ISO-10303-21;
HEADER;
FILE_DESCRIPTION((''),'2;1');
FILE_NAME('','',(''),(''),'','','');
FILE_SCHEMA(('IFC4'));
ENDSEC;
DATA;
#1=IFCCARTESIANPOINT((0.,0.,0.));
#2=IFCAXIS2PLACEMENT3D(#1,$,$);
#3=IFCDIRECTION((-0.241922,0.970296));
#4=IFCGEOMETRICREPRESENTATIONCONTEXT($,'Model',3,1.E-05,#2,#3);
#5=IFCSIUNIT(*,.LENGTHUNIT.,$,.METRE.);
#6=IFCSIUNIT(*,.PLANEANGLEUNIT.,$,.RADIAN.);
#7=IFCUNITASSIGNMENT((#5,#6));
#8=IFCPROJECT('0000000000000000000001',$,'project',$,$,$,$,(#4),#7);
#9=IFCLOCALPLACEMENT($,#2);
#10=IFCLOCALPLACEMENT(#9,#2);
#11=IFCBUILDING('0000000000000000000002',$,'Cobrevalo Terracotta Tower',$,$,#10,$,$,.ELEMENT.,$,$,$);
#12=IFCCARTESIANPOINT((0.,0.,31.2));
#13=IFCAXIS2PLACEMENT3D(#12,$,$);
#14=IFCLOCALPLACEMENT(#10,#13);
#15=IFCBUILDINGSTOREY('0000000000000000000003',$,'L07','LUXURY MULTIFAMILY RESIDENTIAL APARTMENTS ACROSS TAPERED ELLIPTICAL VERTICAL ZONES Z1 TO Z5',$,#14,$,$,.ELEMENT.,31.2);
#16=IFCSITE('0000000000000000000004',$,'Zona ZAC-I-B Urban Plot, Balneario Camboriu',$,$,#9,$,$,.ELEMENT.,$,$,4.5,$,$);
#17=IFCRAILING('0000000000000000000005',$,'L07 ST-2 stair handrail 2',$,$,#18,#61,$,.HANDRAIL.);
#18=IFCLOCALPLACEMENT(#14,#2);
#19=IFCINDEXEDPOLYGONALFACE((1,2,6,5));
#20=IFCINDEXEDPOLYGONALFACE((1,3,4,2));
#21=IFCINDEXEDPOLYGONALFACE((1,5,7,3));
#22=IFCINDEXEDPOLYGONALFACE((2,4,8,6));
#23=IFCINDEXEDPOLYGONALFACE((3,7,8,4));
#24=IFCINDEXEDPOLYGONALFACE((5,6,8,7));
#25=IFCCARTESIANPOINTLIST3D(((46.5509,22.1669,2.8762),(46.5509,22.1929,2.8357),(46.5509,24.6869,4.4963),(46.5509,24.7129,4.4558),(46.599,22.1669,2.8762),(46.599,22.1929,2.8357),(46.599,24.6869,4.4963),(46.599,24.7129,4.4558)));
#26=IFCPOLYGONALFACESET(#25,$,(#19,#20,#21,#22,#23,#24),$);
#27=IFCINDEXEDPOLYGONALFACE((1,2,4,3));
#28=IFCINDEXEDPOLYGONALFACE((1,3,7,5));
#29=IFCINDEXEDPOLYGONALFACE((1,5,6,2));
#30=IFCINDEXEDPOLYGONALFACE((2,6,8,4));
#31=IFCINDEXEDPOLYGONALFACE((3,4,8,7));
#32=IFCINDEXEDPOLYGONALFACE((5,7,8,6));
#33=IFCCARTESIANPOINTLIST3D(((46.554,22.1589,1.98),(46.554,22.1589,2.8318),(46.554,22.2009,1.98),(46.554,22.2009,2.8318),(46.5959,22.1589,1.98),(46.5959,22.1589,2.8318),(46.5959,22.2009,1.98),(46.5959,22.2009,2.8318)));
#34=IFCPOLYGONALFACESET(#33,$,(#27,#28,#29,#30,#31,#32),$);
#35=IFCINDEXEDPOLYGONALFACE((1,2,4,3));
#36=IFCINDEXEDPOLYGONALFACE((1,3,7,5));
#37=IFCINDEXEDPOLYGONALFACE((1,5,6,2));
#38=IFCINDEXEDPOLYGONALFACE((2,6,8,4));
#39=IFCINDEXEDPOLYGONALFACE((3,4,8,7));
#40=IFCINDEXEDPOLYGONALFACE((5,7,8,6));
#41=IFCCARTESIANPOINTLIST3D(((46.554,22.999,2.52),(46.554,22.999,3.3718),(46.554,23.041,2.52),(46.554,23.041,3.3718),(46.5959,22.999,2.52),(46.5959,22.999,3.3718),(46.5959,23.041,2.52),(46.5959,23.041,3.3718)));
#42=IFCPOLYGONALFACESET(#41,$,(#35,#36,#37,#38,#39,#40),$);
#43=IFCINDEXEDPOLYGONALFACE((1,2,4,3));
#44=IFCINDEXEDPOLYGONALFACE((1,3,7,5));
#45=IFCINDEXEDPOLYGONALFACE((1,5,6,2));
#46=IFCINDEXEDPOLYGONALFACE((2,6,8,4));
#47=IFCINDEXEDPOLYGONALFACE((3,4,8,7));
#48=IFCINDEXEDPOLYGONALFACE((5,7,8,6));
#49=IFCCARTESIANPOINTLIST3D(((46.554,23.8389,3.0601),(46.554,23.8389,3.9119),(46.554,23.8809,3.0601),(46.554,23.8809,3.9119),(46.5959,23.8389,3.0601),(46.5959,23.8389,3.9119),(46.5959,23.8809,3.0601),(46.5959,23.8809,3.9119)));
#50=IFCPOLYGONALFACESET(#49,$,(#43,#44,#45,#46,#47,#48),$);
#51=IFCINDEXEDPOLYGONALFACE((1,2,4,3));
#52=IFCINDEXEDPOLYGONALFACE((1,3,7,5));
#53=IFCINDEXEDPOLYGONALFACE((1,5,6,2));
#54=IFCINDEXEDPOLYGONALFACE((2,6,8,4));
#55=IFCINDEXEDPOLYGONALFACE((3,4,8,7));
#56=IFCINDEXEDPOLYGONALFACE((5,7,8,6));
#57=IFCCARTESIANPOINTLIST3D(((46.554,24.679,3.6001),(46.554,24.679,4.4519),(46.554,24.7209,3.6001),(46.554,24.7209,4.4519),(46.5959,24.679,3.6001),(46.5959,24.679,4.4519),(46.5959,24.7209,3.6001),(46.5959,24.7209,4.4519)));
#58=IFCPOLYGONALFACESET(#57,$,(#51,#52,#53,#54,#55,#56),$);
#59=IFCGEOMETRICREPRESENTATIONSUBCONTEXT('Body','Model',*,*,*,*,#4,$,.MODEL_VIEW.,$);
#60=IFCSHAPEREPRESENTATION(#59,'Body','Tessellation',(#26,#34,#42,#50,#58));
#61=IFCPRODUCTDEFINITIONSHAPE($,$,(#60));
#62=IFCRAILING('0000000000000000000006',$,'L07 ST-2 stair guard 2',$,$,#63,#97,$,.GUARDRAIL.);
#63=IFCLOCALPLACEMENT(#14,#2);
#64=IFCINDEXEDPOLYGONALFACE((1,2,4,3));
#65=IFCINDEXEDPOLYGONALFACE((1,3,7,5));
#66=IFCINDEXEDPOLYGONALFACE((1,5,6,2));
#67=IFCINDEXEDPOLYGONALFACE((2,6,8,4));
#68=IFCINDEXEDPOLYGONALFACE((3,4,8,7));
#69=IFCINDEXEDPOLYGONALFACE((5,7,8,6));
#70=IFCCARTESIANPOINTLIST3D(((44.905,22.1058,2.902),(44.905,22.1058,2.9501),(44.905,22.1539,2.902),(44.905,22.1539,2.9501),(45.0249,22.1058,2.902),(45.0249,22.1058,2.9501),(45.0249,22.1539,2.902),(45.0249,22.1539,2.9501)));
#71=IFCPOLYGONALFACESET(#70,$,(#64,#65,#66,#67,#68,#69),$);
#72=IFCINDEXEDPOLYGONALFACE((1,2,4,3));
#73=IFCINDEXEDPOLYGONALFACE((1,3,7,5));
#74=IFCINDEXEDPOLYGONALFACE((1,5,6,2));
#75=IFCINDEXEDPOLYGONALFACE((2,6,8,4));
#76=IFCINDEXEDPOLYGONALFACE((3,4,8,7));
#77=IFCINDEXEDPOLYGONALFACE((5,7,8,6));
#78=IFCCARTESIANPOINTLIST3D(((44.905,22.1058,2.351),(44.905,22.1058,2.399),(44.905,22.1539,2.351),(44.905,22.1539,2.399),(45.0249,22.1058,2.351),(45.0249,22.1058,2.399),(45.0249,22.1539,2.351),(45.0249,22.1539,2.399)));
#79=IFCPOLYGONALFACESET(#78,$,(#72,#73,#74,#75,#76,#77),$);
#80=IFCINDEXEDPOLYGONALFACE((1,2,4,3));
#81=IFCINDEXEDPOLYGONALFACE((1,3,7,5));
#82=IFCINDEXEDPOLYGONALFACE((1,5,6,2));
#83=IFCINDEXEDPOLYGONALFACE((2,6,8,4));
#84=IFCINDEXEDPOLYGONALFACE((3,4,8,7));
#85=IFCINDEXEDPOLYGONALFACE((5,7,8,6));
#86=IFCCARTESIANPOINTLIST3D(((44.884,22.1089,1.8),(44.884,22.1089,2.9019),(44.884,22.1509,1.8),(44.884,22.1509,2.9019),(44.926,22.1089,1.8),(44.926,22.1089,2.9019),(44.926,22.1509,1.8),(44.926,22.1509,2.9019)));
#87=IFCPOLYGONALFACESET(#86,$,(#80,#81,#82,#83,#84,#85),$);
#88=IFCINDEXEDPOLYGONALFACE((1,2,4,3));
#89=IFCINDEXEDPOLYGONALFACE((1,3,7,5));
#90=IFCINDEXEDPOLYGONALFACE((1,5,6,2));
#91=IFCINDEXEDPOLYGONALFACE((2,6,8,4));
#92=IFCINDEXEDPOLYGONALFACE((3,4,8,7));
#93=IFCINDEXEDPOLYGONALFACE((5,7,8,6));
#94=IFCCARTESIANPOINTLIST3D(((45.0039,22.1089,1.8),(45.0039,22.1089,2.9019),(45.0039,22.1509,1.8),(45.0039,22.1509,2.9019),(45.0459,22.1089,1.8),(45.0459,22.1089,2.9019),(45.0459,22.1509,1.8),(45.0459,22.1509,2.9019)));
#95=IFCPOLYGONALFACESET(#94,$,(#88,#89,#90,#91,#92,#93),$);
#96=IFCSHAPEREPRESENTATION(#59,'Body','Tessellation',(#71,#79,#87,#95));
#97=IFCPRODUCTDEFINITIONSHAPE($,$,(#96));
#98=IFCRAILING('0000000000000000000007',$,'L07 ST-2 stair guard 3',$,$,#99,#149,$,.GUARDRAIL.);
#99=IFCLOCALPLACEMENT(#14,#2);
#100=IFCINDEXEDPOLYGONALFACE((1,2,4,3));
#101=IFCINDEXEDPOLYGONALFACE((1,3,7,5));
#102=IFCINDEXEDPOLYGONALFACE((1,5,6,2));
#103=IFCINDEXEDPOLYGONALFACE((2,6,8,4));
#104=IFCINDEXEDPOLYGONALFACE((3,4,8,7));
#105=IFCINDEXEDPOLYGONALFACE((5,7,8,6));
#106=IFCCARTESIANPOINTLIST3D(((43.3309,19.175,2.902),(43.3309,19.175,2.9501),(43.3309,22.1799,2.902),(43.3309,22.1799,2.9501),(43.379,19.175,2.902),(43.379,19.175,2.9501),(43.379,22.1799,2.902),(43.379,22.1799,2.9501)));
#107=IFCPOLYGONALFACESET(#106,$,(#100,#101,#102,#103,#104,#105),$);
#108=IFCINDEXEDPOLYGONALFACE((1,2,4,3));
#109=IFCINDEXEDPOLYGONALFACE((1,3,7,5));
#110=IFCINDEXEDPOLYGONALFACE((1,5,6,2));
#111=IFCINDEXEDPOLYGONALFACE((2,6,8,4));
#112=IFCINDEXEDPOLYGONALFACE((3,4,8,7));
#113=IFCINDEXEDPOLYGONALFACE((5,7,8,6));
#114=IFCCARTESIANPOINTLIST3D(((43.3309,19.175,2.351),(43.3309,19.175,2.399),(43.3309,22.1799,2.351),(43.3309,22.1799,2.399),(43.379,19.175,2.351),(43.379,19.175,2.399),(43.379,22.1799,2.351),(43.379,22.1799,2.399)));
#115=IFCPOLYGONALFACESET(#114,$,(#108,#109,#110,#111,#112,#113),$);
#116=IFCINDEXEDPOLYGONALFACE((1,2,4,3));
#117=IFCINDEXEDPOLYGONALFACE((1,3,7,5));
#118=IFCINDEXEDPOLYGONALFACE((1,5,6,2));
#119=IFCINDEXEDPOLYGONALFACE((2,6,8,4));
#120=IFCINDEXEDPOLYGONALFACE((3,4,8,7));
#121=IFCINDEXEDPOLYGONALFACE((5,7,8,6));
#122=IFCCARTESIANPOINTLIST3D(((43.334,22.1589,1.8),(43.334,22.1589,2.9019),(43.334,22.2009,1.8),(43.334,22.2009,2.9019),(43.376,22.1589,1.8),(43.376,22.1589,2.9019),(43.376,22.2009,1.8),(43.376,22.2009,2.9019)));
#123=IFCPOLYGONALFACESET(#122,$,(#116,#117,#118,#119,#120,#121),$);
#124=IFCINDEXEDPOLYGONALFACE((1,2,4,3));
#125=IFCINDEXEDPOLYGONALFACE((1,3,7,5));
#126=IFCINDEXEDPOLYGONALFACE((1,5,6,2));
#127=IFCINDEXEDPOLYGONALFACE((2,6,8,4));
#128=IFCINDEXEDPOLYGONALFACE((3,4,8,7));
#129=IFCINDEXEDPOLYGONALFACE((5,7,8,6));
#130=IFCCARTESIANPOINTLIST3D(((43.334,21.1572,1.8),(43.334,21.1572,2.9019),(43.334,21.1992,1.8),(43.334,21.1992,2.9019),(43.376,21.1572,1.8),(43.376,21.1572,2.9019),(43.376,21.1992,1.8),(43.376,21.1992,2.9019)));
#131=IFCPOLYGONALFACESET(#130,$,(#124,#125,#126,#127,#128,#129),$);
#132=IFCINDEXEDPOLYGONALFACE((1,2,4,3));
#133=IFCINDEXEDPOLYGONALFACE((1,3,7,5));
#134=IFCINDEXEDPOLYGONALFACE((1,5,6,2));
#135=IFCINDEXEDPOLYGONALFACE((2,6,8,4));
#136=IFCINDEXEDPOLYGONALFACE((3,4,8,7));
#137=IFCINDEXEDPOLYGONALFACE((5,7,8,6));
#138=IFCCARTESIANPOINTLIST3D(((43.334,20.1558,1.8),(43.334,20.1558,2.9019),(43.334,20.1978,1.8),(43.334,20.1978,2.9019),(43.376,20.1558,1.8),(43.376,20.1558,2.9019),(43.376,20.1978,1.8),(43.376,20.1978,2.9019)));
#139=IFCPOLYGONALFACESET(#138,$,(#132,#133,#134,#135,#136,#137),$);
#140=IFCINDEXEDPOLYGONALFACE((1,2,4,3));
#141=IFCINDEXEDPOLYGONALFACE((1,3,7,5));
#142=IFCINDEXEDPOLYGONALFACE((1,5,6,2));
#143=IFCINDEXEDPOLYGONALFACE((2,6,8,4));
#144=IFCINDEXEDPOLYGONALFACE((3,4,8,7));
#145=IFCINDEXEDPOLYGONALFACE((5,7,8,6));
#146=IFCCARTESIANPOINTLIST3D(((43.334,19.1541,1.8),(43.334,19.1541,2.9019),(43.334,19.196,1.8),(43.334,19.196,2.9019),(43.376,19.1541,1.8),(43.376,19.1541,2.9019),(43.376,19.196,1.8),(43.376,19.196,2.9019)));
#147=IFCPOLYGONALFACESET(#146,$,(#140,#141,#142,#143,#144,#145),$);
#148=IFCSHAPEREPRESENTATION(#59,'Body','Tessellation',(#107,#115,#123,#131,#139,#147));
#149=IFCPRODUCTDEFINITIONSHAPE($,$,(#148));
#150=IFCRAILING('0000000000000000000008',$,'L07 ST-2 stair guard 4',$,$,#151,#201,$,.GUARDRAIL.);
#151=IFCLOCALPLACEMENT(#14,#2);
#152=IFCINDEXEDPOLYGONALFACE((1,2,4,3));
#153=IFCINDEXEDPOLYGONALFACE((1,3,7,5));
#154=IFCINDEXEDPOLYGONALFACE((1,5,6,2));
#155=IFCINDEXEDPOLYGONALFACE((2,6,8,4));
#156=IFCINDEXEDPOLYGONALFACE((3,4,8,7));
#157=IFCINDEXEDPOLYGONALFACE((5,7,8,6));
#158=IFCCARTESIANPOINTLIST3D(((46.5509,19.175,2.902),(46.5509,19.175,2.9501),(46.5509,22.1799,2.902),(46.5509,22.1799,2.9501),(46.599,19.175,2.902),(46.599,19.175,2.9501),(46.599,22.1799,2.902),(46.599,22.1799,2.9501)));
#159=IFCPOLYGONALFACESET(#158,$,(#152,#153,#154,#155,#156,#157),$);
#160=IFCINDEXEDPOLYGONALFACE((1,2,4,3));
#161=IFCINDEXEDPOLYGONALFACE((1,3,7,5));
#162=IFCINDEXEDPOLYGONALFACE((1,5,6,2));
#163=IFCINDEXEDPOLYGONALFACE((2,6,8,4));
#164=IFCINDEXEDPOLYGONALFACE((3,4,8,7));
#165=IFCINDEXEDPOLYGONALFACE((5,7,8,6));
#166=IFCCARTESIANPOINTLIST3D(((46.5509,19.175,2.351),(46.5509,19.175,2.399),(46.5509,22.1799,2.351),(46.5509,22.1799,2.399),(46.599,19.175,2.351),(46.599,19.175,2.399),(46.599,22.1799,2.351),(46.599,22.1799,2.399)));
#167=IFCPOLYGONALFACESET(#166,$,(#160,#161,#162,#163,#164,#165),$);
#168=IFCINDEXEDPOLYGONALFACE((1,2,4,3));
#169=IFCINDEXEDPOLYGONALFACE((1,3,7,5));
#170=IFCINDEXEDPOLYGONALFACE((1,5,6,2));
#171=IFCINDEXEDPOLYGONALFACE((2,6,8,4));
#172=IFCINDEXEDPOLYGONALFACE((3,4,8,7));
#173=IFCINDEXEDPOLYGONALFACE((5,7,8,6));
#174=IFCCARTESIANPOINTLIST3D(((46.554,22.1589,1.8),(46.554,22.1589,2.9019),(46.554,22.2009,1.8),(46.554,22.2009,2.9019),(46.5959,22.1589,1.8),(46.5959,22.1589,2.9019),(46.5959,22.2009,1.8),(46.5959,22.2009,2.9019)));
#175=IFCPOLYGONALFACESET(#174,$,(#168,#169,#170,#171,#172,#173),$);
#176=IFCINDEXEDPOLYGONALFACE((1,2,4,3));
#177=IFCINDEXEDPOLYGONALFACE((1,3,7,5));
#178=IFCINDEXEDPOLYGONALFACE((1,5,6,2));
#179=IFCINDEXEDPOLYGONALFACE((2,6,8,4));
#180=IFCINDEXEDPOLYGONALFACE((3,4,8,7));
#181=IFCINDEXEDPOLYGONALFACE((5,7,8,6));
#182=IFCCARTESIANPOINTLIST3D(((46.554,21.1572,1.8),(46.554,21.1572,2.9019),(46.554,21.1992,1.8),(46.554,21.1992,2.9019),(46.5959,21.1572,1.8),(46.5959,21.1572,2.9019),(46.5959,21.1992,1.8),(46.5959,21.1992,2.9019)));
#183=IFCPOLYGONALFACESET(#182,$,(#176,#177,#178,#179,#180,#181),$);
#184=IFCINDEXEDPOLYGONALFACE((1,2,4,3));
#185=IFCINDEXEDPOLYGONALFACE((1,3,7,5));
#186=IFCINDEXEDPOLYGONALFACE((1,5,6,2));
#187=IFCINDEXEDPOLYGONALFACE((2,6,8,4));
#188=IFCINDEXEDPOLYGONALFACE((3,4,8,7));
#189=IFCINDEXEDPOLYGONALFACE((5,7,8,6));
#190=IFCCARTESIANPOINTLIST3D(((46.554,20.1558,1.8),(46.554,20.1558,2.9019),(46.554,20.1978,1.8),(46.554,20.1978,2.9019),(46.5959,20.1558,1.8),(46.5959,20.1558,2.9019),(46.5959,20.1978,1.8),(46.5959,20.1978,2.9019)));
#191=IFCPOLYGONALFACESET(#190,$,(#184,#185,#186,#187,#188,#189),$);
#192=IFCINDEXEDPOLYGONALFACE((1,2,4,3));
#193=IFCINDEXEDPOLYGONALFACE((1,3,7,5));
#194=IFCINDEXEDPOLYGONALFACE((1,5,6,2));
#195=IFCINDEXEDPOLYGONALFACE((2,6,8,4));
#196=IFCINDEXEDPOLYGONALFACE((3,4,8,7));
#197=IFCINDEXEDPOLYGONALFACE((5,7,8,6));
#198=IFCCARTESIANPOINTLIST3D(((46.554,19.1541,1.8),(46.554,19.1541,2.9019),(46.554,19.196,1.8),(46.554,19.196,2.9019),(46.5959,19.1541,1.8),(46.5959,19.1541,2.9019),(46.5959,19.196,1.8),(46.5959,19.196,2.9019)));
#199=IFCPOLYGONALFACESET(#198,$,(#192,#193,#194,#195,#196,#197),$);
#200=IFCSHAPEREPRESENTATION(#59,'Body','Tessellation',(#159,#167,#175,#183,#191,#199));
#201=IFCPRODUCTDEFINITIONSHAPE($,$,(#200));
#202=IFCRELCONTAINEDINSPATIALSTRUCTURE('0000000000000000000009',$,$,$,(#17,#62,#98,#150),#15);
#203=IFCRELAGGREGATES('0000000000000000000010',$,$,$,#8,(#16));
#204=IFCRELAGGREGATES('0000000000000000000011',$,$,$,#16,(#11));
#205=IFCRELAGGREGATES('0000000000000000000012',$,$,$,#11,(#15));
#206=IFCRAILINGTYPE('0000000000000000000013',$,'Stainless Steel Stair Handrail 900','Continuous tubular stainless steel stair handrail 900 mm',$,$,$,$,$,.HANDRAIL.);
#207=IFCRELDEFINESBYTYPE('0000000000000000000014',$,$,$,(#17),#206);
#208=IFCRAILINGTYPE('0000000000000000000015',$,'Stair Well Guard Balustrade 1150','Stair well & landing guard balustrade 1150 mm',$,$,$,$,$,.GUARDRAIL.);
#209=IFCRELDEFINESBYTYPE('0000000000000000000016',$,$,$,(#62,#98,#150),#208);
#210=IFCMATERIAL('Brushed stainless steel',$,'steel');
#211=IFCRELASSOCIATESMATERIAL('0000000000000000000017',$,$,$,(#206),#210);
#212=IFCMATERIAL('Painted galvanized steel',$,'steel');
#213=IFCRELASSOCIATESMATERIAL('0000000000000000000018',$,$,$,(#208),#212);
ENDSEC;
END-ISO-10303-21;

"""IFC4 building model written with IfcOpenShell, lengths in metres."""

from ifc_helpers import new_model, si_unit, direction, frame, origin, origin_2d, place, context, subcontext, project, spatial, rectangle, extrude, material, type_object, element, save


model = new_model("IFC4")

# Units and contexts
model_context = context("Model", 3, precision=1e-05, world=origin(), true_north=direction((-0.241922, 0.970296)))
body_context = subcontext(model_context, "Body", "Model", "MODEL_VIEW")
ifc_project = project(units=[si_unit("LENGTHUNIT", "METRE"), si_unit("PLANEANGLEUNIT", "RADIAN")], contexts=[model_context])

# Site, building, storey
site_placement = place(None, origin())
site = spatial("IfcSite", under=ifc_project, at=site_placement, Name="Zona ZAC-I-B Urban Plot, Balneario Camboriu", CompositionType="ELEMENT", RefElevation=4.5)
building_placement = place(site_placement, origin())
building = spatial("IfcBuilding", under=site, at=building_placement, Name="Cobrevalo Terracotta Tower", CompositionType="ELEMENT")
storey_placement = place(building_placement, frame((0.0, 0.0, 31.2)))
storey = spatial("IfcBuildingStorey", under=building, at=storey_placement, Name="L07", Description="LUXURY MULTIFAMILY RESIDENTIAL APARTMENTS ACROSS TAPERED ELLIPTICAL VERTICAL ZONES Z1 TO Z5", CompositionType="ELEMENT", Elevation=31.2)

# Railings
ifc_material_1 = material(Name="Brushed stainless steel", Category="steel")
railing_type_1 = type_object("IfcRailingType", Name="Stainless Steel Stair Handrail 900", Description="Continuous tubular stainless steel stair handrail 900 mm", PredefinedType="HANDRAIL", material=ifc_material_1)
railing_1_placement = place(storey_placement, frame((46.575, 22.1799, 1.98)))
element("IfcRailing", 1, at=railing_1_placement, inside=storey, type_object=railing_type_1, Name="L07 ST-2 stair handrail 2", PredefinedType="HANDRAIL", context=body_context, shape_type="SweptSolid", body=[
    extrude(rectangle(XDim=0.0481, YDim=0.0481, at=origin_2d()), frame((0.0, 0.0, 0.876), z_axis=(0.0, 0.841163, 0.540782), x_axis=(-1.0, 0.0, 0.0)), (0.0, 0.0, 1.0), 2.9958),
    extrude(rectangle(XDim=0.042, YDim=0.042, at=origin_2d()), origin(), (0.0, 0.0, 1.0), 0.8518),
    extrude(rectangle(XDim=0.042, YDim=0.042, at=origin_2d()), frame((0.0, 0.8401, 0.54)), (0.0, 0.0, 1.0), 0.8518),
    extrude(rectangle(XDim=0.042, YDim=0.042, at=origin_2d()), frame((0.0, 1.6799, 1.0801)), (0.0, 0.0, 1.0), 0.8518),
    extrude(rectangle(XDim=0.042, YDim=0.042, at=origin_2d()), frame((0.0, 2.52, 1.6201)), (0.0, 0.0, 1.0), 0.8518),
])
ifc_material_2 = material(Name="Painted galvanized steel", Category="steel")
railing_type_2 = type_object("IfcRailingType", Name="Stair Well Guard Balustrade 1150", Description="Stair well & landing guard balustrade 1150 mm", PredefinedType="GUARDRAIL", material=ifc_material_2)
railing_2_placement = place(storey_placement, frame((44.905, 22.1299, 1.8)))
element("IfcRailing", 2, at=railing_2_placement, inside=storey, type_object=railing_type_2, Name="L07 ST-2 stair guard 2", PredefinedType="GUARDRAIL", context=body_context, shape_type="SweptSolid", body=[
    extrude(rectangle(XDim=0.0481, YDim=0.0481, at=origin_2d()), frame((0.0, 0.0, 1.126), z_axis=(1.0, 0.0, 0.0), x_axis=(0.0, 1.0, 0.0)), (0.0, 0.0, 1.0), 0.1199),
    extrude(rectangle(XDim=0.0481, YDim=0.0481, at=origin_2d()), frame((0.0, 0.0, 0.575), z_axis=(1.0, 0.0, 0.0), x_axis=(0.0, 1.0, 0.0)), (0.0, 0.0, 1.0), 0.1199),
    extrude(rectangle(XDim=0.042, YDim=0.042, at=origin_2d()), origin(), (0.0, 0.0, 1.0), 1.1018),
    extrude(rectangle(XDim=0.042, YDim=0.042, at=origin_2d()), frame((0.1199, 0.0, 0.0)), (0.0, 0.0, 1.0), 1.1018),
])
for number, where, name in (
    (3, (43.355, 22.1799, 1.8), "L07 ST-2 stair guard 3"),
    (4, (46.575, 22.1799, 1.8), "L07 ST-2 stair guard 4"),
):
    element("IfcRailing", number, at=place(storey_placement, frame(where)), inside=storey, type_object=railing_type_2, Name=name, PredefinedType="GUARDRAIL", context=body_context, shape_type="SweptSolid", body=[
        extrude(rectangle(XDim=0.0481, YDim=0.0481, at=origin_2d()), frame((0.0, 0.0, 1.126), z_axis=(0.0, -1.0, 0.0), x_axis=(1.0, 0.0, 0.0)), (0.0, 0.0, 1.0), 3.0049),
        extrude(rectangle(XDim=0.0481, YDim=0.0481, at=origin_2d()), frame((0.0, 0.0, 0.575), z_axis=(0.0, -1.0, 0.0), x_axis=(1.0, 0.0, 0.0)), (0.0, 0.0, 1.0), 3.0049),
        extrude(rectangle(XDim=0.042, YDim=0.042, at=origin_2d()), origin(), (0.0, 0.0, 1.0), 1.1018),
        extrude(rectangle(XDim=0.042, YDim=0.042, at=origin_2d()), frame((0.0, -1.0017, 0.0)), (0.0, 0.0, 1.0), 1.1018),
        extrude(rectangle(XDim=0.042, YDim=0.042, at=origin_2d()), frame((0.0, -2.0032, 0.0)), (0.0, 0.0, 1.0), 1.1018),
        extrude(rectangle(XDim=0.042, YDim=0.042, at=origin_2d()), frame((0.0, -3.0049, 0.0)), (0.0, 0.0, 1.0), 1.1018),
    ])

save(model, "model.ifc")
